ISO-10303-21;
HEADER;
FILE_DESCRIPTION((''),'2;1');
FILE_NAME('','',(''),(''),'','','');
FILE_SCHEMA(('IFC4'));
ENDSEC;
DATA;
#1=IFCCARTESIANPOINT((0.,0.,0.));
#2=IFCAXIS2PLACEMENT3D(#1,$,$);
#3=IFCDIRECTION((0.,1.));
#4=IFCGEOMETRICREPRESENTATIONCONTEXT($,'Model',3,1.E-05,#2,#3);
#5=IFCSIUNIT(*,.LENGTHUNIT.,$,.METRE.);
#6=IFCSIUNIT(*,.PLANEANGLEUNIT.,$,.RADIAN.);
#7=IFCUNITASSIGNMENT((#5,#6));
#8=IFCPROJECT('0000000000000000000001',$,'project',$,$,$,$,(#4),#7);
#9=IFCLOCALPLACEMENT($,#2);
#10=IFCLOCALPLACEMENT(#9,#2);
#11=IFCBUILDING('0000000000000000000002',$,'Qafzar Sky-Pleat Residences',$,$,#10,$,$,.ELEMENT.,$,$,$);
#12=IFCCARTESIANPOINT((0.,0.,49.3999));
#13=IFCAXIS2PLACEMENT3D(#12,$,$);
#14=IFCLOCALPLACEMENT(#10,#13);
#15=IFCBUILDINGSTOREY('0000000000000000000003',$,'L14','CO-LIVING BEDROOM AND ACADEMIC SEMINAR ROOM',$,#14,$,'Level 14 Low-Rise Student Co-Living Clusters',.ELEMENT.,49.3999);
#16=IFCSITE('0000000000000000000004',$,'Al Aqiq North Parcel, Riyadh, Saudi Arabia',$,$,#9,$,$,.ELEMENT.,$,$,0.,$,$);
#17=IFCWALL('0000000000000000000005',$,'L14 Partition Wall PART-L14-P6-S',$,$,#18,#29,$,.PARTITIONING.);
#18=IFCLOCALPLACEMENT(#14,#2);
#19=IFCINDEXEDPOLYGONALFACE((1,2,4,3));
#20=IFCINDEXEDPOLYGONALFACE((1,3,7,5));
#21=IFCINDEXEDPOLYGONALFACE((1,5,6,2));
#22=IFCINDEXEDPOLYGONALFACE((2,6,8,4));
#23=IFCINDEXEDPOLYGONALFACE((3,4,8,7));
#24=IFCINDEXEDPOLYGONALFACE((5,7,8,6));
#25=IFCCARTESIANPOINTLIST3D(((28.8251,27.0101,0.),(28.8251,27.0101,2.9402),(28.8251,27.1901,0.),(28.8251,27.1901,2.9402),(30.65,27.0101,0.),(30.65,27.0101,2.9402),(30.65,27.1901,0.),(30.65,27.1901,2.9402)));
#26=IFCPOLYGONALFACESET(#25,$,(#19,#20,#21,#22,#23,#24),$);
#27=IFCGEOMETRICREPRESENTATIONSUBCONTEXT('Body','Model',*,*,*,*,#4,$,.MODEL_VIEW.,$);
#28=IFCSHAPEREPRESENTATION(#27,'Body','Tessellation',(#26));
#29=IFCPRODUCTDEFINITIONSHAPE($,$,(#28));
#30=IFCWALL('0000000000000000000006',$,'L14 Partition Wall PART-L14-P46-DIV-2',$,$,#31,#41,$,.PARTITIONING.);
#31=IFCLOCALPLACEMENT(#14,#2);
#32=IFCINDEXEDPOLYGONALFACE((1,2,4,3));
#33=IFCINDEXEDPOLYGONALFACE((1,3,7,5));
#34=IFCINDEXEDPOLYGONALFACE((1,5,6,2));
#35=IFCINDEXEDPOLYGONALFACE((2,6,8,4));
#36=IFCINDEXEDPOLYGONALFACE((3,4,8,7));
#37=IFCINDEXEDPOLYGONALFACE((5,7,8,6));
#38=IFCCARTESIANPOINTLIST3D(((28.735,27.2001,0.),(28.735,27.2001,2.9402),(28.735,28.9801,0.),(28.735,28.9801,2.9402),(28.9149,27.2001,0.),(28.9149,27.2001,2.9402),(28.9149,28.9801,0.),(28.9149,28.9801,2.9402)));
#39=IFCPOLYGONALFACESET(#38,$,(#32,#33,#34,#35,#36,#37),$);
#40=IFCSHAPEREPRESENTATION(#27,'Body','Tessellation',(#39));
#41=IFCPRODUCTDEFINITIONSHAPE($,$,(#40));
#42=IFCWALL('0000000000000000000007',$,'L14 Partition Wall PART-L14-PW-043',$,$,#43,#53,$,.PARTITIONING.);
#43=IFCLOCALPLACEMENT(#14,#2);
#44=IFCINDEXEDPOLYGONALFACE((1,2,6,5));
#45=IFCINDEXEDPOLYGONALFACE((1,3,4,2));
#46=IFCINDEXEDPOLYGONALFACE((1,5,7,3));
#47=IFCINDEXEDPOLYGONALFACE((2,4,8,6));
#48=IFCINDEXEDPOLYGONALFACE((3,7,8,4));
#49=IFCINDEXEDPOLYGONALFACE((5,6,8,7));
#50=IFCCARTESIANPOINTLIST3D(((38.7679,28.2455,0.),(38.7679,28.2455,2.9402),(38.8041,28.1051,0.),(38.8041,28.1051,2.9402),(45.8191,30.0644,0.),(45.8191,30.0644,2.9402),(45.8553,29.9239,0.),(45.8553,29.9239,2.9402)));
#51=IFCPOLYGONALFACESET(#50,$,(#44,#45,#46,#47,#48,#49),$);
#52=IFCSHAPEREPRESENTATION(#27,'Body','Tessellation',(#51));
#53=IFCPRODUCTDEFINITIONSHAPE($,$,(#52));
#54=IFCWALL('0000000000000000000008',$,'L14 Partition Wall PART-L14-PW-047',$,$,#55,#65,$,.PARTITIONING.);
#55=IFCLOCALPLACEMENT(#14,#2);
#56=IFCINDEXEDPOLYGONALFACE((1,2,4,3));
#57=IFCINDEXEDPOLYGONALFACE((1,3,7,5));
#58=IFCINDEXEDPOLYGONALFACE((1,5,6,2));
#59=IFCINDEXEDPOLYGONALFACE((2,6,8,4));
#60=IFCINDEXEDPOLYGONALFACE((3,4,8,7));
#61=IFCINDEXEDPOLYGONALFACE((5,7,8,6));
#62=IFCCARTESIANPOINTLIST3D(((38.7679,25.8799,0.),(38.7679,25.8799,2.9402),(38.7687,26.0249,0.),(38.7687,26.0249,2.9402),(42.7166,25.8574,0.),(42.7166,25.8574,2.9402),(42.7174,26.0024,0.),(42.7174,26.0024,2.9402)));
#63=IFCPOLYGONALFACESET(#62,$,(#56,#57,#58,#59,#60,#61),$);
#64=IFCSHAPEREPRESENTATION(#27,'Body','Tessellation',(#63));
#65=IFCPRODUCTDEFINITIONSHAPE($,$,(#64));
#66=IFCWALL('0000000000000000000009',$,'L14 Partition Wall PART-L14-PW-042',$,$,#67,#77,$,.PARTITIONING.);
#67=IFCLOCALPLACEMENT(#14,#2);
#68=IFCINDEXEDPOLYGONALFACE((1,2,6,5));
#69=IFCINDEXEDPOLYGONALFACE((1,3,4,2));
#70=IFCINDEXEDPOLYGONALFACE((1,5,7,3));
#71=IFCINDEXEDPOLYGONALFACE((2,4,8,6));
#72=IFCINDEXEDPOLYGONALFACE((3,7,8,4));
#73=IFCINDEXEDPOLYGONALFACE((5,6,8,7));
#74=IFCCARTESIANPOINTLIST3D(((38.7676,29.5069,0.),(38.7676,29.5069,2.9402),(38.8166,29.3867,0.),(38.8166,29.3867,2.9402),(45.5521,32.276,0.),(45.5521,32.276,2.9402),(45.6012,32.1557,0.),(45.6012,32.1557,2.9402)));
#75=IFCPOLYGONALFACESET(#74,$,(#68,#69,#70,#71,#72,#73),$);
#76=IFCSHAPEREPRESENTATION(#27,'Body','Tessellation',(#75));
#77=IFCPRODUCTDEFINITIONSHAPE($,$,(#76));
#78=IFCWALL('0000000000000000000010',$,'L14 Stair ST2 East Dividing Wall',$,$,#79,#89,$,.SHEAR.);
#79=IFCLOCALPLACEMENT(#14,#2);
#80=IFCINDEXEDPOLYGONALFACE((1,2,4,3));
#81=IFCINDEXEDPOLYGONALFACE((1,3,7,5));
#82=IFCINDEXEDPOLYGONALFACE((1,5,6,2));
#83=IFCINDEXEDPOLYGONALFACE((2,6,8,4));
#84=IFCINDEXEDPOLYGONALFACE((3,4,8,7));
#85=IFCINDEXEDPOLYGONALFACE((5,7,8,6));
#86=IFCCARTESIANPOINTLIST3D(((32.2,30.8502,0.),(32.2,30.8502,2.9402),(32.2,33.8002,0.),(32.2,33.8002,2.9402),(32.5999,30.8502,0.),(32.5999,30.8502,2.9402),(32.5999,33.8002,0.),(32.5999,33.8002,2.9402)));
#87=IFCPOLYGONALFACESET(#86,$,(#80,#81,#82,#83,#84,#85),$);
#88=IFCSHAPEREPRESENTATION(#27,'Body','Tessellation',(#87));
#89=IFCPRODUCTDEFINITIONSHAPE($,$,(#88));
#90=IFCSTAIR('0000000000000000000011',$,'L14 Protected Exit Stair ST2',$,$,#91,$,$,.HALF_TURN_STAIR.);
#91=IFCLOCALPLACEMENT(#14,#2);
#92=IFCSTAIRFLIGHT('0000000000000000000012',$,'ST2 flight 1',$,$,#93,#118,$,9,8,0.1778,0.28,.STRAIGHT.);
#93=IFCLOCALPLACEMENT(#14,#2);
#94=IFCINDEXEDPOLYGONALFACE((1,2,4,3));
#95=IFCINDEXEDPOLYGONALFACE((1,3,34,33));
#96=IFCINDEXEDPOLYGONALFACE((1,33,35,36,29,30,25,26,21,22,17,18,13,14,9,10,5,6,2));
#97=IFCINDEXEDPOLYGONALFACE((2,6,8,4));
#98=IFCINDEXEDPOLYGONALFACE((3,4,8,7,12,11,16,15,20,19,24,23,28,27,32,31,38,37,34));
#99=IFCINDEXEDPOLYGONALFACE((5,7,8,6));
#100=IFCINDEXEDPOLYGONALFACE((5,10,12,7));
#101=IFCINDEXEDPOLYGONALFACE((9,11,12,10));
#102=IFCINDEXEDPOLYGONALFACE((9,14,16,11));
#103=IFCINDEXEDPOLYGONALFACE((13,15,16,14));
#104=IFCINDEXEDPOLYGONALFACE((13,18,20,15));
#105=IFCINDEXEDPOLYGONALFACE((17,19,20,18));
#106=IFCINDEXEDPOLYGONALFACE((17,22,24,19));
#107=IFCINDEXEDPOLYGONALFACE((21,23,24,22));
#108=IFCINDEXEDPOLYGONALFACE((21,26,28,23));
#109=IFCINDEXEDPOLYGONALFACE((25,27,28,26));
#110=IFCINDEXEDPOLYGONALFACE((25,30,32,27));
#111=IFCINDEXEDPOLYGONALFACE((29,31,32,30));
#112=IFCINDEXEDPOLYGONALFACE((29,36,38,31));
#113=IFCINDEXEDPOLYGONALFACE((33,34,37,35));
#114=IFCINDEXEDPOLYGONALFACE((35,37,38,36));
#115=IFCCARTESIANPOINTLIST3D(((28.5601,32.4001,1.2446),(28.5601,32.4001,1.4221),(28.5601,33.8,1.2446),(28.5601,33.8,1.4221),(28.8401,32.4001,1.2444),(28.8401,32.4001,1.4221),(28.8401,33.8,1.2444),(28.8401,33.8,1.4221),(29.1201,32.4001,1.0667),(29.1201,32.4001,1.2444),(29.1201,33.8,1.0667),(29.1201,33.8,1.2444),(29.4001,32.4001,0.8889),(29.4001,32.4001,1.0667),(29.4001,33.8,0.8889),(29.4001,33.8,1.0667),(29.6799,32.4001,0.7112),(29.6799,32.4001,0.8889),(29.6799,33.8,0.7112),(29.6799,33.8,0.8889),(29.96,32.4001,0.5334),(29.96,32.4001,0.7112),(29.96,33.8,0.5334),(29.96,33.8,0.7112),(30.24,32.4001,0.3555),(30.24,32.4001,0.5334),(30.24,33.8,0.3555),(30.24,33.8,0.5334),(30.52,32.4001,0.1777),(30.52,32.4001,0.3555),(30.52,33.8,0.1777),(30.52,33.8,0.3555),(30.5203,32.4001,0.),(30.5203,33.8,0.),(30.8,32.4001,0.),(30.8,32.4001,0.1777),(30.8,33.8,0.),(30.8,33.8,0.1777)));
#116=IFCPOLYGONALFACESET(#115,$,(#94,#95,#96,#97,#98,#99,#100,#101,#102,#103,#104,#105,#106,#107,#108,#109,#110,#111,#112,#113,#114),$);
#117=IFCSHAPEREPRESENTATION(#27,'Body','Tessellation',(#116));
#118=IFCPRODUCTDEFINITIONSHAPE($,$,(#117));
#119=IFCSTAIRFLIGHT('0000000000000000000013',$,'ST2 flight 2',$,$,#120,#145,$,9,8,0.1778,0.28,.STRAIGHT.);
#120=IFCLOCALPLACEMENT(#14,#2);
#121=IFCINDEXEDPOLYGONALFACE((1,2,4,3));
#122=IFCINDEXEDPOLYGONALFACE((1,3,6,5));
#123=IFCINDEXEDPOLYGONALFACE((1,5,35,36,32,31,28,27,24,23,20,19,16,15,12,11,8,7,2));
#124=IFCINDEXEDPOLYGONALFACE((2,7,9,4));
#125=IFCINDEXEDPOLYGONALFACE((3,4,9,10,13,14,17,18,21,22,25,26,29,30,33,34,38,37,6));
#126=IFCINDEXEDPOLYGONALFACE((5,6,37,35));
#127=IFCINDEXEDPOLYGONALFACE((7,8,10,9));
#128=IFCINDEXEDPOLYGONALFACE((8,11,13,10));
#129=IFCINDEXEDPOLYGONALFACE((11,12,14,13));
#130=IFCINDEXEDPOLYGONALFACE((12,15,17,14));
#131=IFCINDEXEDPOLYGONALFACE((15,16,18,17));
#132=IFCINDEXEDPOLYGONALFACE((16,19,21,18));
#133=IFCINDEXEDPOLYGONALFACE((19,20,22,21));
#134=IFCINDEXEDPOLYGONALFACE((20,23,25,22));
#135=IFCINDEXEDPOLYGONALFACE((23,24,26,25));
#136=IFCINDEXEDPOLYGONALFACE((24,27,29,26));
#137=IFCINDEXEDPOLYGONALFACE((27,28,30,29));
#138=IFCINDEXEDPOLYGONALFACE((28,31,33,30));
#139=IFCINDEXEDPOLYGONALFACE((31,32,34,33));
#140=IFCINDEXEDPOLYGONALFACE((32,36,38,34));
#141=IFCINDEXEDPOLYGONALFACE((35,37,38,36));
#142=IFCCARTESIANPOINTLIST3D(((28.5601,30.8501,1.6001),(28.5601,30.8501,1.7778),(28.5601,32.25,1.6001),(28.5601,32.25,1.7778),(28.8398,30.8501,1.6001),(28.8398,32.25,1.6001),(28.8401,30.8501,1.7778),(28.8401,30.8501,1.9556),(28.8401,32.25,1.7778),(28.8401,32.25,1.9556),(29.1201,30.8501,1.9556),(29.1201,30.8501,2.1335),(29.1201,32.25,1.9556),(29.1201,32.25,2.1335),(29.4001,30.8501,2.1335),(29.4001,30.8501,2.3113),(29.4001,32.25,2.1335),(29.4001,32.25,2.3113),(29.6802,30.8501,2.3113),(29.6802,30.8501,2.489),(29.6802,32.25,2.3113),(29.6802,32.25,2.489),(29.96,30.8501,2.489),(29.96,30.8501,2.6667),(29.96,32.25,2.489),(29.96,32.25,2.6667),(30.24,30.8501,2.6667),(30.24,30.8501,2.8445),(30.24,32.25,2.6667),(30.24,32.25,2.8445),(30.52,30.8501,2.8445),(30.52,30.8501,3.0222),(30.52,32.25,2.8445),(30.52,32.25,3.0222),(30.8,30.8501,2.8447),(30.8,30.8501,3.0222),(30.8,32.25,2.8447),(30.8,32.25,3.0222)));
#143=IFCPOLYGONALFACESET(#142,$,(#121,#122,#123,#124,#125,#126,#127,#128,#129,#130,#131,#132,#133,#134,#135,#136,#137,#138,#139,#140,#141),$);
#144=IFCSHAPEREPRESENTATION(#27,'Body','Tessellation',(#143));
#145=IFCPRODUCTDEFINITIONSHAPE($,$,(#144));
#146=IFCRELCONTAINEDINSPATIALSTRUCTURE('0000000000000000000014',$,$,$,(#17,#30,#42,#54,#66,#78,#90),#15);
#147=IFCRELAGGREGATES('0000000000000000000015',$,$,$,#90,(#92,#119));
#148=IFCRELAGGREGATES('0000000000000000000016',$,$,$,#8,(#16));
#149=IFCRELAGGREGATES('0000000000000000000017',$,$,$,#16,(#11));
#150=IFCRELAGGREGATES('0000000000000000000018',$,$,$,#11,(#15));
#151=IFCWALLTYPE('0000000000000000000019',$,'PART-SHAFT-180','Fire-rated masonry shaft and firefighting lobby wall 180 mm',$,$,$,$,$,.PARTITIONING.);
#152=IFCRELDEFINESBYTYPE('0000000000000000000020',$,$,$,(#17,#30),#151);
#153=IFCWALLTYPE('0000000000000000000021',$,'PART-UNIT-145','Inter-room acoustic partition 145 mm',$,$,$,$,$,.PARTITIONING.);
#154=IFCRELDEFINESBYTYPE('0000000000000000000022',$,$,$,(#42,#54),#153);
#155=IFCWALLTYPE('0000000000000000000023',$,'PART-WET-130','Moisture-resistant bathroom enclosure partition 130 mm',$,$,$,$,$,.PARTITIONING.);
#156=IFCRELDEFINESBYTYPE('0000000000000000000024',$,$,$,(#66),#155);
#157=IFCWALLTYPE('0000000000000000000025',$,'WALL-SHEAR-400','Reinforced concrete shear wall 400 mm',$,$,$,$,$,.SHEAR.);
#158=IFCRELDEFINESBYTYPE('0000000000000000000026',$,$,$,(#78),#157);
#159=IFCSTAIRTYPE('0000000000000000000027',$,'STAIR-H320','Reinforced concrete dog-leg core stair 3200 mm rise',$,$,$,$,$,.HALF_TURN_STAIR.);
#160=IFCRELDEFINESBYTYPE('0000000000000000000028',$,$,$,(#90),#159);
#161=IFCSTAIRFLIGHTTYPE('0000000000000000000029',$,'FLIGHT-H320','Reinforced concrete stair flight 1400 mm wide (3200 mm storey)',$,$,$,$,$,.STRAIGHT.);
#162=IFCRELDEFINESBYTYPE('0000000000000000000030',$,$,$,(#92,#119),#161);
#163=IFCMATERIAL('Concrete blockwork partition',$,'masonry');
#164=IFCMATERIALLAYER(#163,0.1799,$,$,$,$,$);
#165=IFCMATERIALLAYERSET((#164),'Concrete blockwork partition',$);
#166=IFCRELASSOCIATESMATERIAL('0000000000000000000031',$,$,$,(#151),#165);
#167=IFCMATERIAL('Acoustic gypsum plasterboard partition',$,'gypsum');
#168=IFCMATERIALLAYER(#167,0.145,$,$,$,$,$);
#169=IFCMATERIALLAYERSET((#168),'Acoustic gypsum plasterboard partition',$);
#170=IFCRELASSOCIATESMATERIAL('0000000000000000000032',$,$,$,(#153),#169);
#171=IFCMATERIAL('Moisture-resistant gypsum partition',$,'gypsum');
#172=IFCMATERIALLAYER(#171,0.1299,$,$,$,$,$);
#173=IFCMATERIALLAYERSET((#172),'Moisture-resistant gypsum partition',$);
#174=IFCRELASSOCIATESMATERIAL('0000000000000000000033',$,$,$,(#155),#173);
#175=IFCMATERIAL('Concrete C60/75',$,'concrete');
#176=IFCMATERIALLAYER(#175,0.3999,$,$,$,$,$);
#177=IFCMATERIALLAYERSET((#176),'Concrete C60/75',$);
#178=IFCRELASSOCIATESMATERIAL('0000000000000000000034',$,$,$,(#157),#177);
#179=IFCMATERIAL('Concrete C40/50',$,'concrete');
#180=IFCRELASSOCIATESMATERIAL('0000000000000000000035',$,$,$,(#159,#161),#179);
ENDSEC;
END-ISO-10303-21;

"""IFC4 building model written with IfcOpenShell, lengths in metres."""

from ifc_helpers import new_model, si_unit, direction, frame, frame_2d, origin, place, context, subcontext, project, spatial, polyline, rectangle, outline, extrude, source, transform, mapped, material, layer, layer_set, type_object, element, aggregate, save


model = new_model("IFC4")

# Units and contexts
model_context = context("Model", 3, precision=1e-05, world=origin(), true_north=direction((0.0, 1.0)))
body_context = subcontext(model_context, "Body", "Model", "MODEL_VIEW")
ifc_project = project(units=[si_unit("LENGTHUNIT", "METRE"), si_unit("PLANEANGLEUNIT", "RADIAN")], contexts=[model_context])

# Site, building, storey
site_placement = place(None, origin())
site = spatial("IfcSite", under=ifc_project, at=site_placement, Name="Al Aqiq North Parcel, Riyadh, Saudi Arabia", CompositionType="ELEMENT", RefElevation=0.0)
building_placement = place(site_placement, origin())
building = spatial("IfcBuilding", under=site, at=building_placement, Name="Qafzar Sky-Pleat Residences", CompositionType="ELEMENT")
storey_placement = place(building_placement, frame((0.0, 0.0, 49.3999)))
storey = spatial("IfcBuildingStorey", under=building, at=storey_placement, Name="L14", Description="CO-LIVING BEDROOM AND ACADEMIC SEMINAR ROOM", LongName="Level 14 Low-Rise Student Co-Living Clusters", CompositionType="ELEMENT", Elevation=49.3999)

# Shared definitions
ifc_material_1 = material(Name="Acoustic gypsum plasterboard partition", Category="gypsum")
ifc_material_2 = material(Name="Concrete blockwork partition", Category="masonry")
ifc_layer_1 = layer(ifc_material_2, 0.1799)
ifc_layer_set_1 = layer_set([ifc_layer_1], Name="Concrete blockwork partition")
wall_type_1 = type_object("IfcWallType", Name="PART-SHAFT-180", Description="Fire-rated masonry shaft and firefighting lobby wall 180 mm", PredefinedType="PARTITIONING", material=ifc_layer_set_1)

# Walls
wall_1_placement = place(storey_placement, frame((28.825, 27.1001, 0.0), z_axis=(0.0, 0.0, 1.0), x_axis=(1.0, 0.0, 0.0)))
element("IfcWall", 1, at=wall_1_placement, inside=storey, type_object=wall_type_1, Name="L14 Partition Wall PART-L14-P6-S", PredefinedType="PARTITIONING", context=body_context, shape_type="SweptSolid", body=[
    extrude(rectangle(XDim=1.825, YDim=0.1799, at=frame_2d((0.9126, 0.0))), origin(), (0.0, 0.0, 1.0), 2.9402),
])
wall_2_placement = place(storey_placement, frame((28.825, 27.2, 0.0), z_axis=(0.0, 0.0, 1.0), x_axis=(0.0, 1.0, 0.0)))
element("IfcWall", 2, at=wall_2_placement, inside=storey, type_object=wall_type_1, Name="L14 Partition Wall PART-L14-P46-DIV-2", PredefinedType="PARTITIONING", context=body_context, shape_type="SweptSolid", body=[
    extrude(rectangle(XDim=1.78, YDim=0.1799, at=frame_2d((0.8901, 0.0))), origin(), (0.0, 0.0, 1.0), 2.9402),
])
ifc_layer_2 = layer(ifc_material_1, 0.145)
ifc_layer_set_2 = layer_set([ifc_layer_2], Name="Acoustic gypsum plasterboard partition")
wall_type_2 = type_object("IfcWallType", Name="PART-UNIT-145", Description="Inter-room acoustic partition 145 mm", PredefinedType="PARTITIONING", material=ifc_layer_set_2)
wall_3_placement = place(storey_placement, frame((38.7859, 28.1753, 0.0), z_axis=(0.0, 0.0, 1.0), x_axis=(0.968305, 0.249771, 0.0)))
element("IfcWall", 3, at=wall_3_placement, inside=storey, type_object=wall_type_2, Name="L14 Partition Wall PART-L14-PW-043", PredefinedType="PARTITIONING", context=body_context, shape_type="SweptSolid", body=[
    extrude(rectangle(XDim=7.282, YDim=0.145, at=frame_2d((3.6411, 0.0))), origin(), (0.0, 0.0, 1.0), 2.9402),
])
wall_4_placement = place(storey_placement, frame((38.7683, 25.9524, 0.0), z_axis=(0.0, 0.0, 1.0), x_axis=(0.999984, -0.005688, 0.0)))
element("IfcWall", 4, at=wall_4_placement, inside=storey, type_object=wall_type_2, Name="L14 Partition Wall PART-L14-PW-047", PredefinedType="PARTITIONING", context=body_context, shape_type="SweptSolid", body=[
    extrude(rectangle(XDim=3.9487, YDim=0.145, at=frame_2d((1.9744, 0.0))), origin(), (0.0, 0.0, 1.0), 2.9402),
])
ifc_material_3 = material(Name="Moisture-resistant gypsum partition", Category="gypsum")
ifc_layer_3 = layer(ifc_material_3, 0.1299)
ifc_layer_set_3 = layer_set([ifc_layer_3], Name="Moisture-resistant gypsum partition")
wall_type_3 = type_object("IfcWallType", Name="PART-WET-130", Description="Moisture-resistant bathroom enclosure partition 130 mm", PredefinedType="PARTITIONING", material=ifc_layer_set_3)
wall_5_placement = place(storey_placement, frame((38.792, 29.4468, 0.0), z_axis=(0.0, 0.0, 1.0), x_axis=(0.925858, 0.377873, 0.0)))
element("IfcWall", 5, at=wall_5_placement, inside=storey, type_object=wall_type_3, Name="L14 Partition Wall PART-L14-PW-042", PredefinedType="PARTITIONING", context=body_context, shape_type="SweptSolid", body=[
    extrude(rectangle(XDim=7.3279, YDim=0.1299, at=frame_2d((3.6641, 0.0))), origin(), (0.0, 0.0, 1.0), 2.9402),
])
ifc_material_4 = material(Name="Concrete C60/75", Category="concrete")
ifc_layer_4 = layer(ifc_material_4, 0.3999)
ifc_layer_set_4 = layer_set([ifc_layer_4], Name="Concrete C60/75")
wall_type_4 = type_object("IfcWallType", Name="WALL-SHEAR-400", Description="Reinforced concrete shear wall 400 mm", PredefinedType="SHEAR", material=ifc_layer_set_4)
wall_6_placement = place(storey_placement, frame((32.3999, 30.8501, 0.0), z_axis=(0.0, 0.0, 1.0), x_axis=(0.0, 1.0, 0.0)))
element("IfcWall", 6, at=wall_6_placement, inside=storey, type_object=wall_type_4, Name="L14 Stair ST2 East Dividing Wall", PredefinedType="SHEAR", context=body_context, shape_type="SweptSolid", body=[
    extrude(rectangle(XDim=2.95, YDim=0.3999, at=frame_2d((1.4751, 0.0))), origin(), (0.0, 0.0, 1.0), 2.9402),
])

# Stair, stair flights
ifc_material_5 = material(Name="Concrete C40/50", Category="concrete")
stair_type = type_object("IfcStairType", Name="STAIR-H320", Description="Reinforced concrete dog-leg core stair 3200 mm rise", PredefinedType="HALF_TURN_STAIR", material=ifc_material_5)
stair_placement = place(storey_placement, origin())
stair = element("IfcStair", 7, at=stair_placement, inside=storey, type_object=stair_type, Name="L14 Protected Exit Stair ST2", PredefinedType="HALF_TURN_STAIR")
stair_flight_type = type_object("IfcStairFlightType", Name="FLIGHT-H320", Description="Reinforced concrete stair flight 1400 mm wide (3200 mm storey)", PredefinedType="STRAIGHT", material=ifc_material_5)
shared_shape_1 = source(origin(), body_context, "Body", "SweptSolid", [
    extrude(outline(polyline([(0.0, 0.0), (0.0, 0.1777), (0.28, 0.1777), (0.28, 0.3555), (0.5601, 0.3555), (0.5601, 0.5334), (0.8401, 0.5334), (0.8401, 0.7112), (1.1201, 0.7112), (1.1201, 0.8889), (1.3999, 0.8889), (1.3999, 1.0667), (1.6799, 1.0667), (1.6799, 1.2444), (1.96, 1.2444), (1.96, 1.4221), (2.24, 1.4221), (2.24, 1.6001), (2.24, 1.2446), (0.2798, 0.0), (0.0, 0.0)])), frame((0.0, 0.7, 0.0), z_axis=(0.0, -1.0, 0.0), x_axis=(1.0, 0.0, 0.0)), (0.0, 0.0, 1.0), 1.3999),
])
stair_flight_1_placement = place(storey_placement, frame((30.8, 33.1001, 0.0), z_axis=(0.0, 0.0, 1.0), x_axis=(-1.0, 0.0, 0.0)))
stair_flight_1 = element("IfcStairFlight", 8, at=stair_flight_1_placement, type_object=stair_flight_type, Name="ST2 flight 1", NumberOfRisers=9, NumberOfTreads=8, PredefinedType="STRAIGHT", RiserHeight=0.1778, TreadLength=0.28, context=body_context, shape_type="MappedRepresentation", body=[
    mapped(shared_shape_1, transform((0.0, 0.0, 0.0), x_axis=(1.0, 0.0, 0.0), y_axis=(0.0, 1.0, 0.0), z_axis=(0.0, 0.0, 1.0), scale=1.0)),
])
stair_flight_2_placement = place(storey_placement, frame((28.5601, 31.55, 1.6001), z_axis=(0.0, 0.0, 1.0), x_axis=(1.0, 0.0, 0.0)))
stair_flight_2 = element("IfcStairFlight", 9, at=stair_flight_2_placement, type_object=stair_flight_type, Name="ST2 flight 2", NumberOfRisers=9, NumberOfTreads=8, PredefinedType="STRAIGHT", RiserHeight=0.1778, TreadLength=0.28, context=body_context, shape_type="MappedRepresentation", body=[
    mapped(shared_shape_1, transform((0.0, 0.0, 0.0), x_axis=(1.0, 0.0, 0.0), y_axis=(0.0, 1.0, 0.0), z_axis=(0.0, 0.0, 1.0), scale=1.0)),
])
aggregate(stair, [stair_flight_1, stair_flight_2])

save(model, "model.ifc")
